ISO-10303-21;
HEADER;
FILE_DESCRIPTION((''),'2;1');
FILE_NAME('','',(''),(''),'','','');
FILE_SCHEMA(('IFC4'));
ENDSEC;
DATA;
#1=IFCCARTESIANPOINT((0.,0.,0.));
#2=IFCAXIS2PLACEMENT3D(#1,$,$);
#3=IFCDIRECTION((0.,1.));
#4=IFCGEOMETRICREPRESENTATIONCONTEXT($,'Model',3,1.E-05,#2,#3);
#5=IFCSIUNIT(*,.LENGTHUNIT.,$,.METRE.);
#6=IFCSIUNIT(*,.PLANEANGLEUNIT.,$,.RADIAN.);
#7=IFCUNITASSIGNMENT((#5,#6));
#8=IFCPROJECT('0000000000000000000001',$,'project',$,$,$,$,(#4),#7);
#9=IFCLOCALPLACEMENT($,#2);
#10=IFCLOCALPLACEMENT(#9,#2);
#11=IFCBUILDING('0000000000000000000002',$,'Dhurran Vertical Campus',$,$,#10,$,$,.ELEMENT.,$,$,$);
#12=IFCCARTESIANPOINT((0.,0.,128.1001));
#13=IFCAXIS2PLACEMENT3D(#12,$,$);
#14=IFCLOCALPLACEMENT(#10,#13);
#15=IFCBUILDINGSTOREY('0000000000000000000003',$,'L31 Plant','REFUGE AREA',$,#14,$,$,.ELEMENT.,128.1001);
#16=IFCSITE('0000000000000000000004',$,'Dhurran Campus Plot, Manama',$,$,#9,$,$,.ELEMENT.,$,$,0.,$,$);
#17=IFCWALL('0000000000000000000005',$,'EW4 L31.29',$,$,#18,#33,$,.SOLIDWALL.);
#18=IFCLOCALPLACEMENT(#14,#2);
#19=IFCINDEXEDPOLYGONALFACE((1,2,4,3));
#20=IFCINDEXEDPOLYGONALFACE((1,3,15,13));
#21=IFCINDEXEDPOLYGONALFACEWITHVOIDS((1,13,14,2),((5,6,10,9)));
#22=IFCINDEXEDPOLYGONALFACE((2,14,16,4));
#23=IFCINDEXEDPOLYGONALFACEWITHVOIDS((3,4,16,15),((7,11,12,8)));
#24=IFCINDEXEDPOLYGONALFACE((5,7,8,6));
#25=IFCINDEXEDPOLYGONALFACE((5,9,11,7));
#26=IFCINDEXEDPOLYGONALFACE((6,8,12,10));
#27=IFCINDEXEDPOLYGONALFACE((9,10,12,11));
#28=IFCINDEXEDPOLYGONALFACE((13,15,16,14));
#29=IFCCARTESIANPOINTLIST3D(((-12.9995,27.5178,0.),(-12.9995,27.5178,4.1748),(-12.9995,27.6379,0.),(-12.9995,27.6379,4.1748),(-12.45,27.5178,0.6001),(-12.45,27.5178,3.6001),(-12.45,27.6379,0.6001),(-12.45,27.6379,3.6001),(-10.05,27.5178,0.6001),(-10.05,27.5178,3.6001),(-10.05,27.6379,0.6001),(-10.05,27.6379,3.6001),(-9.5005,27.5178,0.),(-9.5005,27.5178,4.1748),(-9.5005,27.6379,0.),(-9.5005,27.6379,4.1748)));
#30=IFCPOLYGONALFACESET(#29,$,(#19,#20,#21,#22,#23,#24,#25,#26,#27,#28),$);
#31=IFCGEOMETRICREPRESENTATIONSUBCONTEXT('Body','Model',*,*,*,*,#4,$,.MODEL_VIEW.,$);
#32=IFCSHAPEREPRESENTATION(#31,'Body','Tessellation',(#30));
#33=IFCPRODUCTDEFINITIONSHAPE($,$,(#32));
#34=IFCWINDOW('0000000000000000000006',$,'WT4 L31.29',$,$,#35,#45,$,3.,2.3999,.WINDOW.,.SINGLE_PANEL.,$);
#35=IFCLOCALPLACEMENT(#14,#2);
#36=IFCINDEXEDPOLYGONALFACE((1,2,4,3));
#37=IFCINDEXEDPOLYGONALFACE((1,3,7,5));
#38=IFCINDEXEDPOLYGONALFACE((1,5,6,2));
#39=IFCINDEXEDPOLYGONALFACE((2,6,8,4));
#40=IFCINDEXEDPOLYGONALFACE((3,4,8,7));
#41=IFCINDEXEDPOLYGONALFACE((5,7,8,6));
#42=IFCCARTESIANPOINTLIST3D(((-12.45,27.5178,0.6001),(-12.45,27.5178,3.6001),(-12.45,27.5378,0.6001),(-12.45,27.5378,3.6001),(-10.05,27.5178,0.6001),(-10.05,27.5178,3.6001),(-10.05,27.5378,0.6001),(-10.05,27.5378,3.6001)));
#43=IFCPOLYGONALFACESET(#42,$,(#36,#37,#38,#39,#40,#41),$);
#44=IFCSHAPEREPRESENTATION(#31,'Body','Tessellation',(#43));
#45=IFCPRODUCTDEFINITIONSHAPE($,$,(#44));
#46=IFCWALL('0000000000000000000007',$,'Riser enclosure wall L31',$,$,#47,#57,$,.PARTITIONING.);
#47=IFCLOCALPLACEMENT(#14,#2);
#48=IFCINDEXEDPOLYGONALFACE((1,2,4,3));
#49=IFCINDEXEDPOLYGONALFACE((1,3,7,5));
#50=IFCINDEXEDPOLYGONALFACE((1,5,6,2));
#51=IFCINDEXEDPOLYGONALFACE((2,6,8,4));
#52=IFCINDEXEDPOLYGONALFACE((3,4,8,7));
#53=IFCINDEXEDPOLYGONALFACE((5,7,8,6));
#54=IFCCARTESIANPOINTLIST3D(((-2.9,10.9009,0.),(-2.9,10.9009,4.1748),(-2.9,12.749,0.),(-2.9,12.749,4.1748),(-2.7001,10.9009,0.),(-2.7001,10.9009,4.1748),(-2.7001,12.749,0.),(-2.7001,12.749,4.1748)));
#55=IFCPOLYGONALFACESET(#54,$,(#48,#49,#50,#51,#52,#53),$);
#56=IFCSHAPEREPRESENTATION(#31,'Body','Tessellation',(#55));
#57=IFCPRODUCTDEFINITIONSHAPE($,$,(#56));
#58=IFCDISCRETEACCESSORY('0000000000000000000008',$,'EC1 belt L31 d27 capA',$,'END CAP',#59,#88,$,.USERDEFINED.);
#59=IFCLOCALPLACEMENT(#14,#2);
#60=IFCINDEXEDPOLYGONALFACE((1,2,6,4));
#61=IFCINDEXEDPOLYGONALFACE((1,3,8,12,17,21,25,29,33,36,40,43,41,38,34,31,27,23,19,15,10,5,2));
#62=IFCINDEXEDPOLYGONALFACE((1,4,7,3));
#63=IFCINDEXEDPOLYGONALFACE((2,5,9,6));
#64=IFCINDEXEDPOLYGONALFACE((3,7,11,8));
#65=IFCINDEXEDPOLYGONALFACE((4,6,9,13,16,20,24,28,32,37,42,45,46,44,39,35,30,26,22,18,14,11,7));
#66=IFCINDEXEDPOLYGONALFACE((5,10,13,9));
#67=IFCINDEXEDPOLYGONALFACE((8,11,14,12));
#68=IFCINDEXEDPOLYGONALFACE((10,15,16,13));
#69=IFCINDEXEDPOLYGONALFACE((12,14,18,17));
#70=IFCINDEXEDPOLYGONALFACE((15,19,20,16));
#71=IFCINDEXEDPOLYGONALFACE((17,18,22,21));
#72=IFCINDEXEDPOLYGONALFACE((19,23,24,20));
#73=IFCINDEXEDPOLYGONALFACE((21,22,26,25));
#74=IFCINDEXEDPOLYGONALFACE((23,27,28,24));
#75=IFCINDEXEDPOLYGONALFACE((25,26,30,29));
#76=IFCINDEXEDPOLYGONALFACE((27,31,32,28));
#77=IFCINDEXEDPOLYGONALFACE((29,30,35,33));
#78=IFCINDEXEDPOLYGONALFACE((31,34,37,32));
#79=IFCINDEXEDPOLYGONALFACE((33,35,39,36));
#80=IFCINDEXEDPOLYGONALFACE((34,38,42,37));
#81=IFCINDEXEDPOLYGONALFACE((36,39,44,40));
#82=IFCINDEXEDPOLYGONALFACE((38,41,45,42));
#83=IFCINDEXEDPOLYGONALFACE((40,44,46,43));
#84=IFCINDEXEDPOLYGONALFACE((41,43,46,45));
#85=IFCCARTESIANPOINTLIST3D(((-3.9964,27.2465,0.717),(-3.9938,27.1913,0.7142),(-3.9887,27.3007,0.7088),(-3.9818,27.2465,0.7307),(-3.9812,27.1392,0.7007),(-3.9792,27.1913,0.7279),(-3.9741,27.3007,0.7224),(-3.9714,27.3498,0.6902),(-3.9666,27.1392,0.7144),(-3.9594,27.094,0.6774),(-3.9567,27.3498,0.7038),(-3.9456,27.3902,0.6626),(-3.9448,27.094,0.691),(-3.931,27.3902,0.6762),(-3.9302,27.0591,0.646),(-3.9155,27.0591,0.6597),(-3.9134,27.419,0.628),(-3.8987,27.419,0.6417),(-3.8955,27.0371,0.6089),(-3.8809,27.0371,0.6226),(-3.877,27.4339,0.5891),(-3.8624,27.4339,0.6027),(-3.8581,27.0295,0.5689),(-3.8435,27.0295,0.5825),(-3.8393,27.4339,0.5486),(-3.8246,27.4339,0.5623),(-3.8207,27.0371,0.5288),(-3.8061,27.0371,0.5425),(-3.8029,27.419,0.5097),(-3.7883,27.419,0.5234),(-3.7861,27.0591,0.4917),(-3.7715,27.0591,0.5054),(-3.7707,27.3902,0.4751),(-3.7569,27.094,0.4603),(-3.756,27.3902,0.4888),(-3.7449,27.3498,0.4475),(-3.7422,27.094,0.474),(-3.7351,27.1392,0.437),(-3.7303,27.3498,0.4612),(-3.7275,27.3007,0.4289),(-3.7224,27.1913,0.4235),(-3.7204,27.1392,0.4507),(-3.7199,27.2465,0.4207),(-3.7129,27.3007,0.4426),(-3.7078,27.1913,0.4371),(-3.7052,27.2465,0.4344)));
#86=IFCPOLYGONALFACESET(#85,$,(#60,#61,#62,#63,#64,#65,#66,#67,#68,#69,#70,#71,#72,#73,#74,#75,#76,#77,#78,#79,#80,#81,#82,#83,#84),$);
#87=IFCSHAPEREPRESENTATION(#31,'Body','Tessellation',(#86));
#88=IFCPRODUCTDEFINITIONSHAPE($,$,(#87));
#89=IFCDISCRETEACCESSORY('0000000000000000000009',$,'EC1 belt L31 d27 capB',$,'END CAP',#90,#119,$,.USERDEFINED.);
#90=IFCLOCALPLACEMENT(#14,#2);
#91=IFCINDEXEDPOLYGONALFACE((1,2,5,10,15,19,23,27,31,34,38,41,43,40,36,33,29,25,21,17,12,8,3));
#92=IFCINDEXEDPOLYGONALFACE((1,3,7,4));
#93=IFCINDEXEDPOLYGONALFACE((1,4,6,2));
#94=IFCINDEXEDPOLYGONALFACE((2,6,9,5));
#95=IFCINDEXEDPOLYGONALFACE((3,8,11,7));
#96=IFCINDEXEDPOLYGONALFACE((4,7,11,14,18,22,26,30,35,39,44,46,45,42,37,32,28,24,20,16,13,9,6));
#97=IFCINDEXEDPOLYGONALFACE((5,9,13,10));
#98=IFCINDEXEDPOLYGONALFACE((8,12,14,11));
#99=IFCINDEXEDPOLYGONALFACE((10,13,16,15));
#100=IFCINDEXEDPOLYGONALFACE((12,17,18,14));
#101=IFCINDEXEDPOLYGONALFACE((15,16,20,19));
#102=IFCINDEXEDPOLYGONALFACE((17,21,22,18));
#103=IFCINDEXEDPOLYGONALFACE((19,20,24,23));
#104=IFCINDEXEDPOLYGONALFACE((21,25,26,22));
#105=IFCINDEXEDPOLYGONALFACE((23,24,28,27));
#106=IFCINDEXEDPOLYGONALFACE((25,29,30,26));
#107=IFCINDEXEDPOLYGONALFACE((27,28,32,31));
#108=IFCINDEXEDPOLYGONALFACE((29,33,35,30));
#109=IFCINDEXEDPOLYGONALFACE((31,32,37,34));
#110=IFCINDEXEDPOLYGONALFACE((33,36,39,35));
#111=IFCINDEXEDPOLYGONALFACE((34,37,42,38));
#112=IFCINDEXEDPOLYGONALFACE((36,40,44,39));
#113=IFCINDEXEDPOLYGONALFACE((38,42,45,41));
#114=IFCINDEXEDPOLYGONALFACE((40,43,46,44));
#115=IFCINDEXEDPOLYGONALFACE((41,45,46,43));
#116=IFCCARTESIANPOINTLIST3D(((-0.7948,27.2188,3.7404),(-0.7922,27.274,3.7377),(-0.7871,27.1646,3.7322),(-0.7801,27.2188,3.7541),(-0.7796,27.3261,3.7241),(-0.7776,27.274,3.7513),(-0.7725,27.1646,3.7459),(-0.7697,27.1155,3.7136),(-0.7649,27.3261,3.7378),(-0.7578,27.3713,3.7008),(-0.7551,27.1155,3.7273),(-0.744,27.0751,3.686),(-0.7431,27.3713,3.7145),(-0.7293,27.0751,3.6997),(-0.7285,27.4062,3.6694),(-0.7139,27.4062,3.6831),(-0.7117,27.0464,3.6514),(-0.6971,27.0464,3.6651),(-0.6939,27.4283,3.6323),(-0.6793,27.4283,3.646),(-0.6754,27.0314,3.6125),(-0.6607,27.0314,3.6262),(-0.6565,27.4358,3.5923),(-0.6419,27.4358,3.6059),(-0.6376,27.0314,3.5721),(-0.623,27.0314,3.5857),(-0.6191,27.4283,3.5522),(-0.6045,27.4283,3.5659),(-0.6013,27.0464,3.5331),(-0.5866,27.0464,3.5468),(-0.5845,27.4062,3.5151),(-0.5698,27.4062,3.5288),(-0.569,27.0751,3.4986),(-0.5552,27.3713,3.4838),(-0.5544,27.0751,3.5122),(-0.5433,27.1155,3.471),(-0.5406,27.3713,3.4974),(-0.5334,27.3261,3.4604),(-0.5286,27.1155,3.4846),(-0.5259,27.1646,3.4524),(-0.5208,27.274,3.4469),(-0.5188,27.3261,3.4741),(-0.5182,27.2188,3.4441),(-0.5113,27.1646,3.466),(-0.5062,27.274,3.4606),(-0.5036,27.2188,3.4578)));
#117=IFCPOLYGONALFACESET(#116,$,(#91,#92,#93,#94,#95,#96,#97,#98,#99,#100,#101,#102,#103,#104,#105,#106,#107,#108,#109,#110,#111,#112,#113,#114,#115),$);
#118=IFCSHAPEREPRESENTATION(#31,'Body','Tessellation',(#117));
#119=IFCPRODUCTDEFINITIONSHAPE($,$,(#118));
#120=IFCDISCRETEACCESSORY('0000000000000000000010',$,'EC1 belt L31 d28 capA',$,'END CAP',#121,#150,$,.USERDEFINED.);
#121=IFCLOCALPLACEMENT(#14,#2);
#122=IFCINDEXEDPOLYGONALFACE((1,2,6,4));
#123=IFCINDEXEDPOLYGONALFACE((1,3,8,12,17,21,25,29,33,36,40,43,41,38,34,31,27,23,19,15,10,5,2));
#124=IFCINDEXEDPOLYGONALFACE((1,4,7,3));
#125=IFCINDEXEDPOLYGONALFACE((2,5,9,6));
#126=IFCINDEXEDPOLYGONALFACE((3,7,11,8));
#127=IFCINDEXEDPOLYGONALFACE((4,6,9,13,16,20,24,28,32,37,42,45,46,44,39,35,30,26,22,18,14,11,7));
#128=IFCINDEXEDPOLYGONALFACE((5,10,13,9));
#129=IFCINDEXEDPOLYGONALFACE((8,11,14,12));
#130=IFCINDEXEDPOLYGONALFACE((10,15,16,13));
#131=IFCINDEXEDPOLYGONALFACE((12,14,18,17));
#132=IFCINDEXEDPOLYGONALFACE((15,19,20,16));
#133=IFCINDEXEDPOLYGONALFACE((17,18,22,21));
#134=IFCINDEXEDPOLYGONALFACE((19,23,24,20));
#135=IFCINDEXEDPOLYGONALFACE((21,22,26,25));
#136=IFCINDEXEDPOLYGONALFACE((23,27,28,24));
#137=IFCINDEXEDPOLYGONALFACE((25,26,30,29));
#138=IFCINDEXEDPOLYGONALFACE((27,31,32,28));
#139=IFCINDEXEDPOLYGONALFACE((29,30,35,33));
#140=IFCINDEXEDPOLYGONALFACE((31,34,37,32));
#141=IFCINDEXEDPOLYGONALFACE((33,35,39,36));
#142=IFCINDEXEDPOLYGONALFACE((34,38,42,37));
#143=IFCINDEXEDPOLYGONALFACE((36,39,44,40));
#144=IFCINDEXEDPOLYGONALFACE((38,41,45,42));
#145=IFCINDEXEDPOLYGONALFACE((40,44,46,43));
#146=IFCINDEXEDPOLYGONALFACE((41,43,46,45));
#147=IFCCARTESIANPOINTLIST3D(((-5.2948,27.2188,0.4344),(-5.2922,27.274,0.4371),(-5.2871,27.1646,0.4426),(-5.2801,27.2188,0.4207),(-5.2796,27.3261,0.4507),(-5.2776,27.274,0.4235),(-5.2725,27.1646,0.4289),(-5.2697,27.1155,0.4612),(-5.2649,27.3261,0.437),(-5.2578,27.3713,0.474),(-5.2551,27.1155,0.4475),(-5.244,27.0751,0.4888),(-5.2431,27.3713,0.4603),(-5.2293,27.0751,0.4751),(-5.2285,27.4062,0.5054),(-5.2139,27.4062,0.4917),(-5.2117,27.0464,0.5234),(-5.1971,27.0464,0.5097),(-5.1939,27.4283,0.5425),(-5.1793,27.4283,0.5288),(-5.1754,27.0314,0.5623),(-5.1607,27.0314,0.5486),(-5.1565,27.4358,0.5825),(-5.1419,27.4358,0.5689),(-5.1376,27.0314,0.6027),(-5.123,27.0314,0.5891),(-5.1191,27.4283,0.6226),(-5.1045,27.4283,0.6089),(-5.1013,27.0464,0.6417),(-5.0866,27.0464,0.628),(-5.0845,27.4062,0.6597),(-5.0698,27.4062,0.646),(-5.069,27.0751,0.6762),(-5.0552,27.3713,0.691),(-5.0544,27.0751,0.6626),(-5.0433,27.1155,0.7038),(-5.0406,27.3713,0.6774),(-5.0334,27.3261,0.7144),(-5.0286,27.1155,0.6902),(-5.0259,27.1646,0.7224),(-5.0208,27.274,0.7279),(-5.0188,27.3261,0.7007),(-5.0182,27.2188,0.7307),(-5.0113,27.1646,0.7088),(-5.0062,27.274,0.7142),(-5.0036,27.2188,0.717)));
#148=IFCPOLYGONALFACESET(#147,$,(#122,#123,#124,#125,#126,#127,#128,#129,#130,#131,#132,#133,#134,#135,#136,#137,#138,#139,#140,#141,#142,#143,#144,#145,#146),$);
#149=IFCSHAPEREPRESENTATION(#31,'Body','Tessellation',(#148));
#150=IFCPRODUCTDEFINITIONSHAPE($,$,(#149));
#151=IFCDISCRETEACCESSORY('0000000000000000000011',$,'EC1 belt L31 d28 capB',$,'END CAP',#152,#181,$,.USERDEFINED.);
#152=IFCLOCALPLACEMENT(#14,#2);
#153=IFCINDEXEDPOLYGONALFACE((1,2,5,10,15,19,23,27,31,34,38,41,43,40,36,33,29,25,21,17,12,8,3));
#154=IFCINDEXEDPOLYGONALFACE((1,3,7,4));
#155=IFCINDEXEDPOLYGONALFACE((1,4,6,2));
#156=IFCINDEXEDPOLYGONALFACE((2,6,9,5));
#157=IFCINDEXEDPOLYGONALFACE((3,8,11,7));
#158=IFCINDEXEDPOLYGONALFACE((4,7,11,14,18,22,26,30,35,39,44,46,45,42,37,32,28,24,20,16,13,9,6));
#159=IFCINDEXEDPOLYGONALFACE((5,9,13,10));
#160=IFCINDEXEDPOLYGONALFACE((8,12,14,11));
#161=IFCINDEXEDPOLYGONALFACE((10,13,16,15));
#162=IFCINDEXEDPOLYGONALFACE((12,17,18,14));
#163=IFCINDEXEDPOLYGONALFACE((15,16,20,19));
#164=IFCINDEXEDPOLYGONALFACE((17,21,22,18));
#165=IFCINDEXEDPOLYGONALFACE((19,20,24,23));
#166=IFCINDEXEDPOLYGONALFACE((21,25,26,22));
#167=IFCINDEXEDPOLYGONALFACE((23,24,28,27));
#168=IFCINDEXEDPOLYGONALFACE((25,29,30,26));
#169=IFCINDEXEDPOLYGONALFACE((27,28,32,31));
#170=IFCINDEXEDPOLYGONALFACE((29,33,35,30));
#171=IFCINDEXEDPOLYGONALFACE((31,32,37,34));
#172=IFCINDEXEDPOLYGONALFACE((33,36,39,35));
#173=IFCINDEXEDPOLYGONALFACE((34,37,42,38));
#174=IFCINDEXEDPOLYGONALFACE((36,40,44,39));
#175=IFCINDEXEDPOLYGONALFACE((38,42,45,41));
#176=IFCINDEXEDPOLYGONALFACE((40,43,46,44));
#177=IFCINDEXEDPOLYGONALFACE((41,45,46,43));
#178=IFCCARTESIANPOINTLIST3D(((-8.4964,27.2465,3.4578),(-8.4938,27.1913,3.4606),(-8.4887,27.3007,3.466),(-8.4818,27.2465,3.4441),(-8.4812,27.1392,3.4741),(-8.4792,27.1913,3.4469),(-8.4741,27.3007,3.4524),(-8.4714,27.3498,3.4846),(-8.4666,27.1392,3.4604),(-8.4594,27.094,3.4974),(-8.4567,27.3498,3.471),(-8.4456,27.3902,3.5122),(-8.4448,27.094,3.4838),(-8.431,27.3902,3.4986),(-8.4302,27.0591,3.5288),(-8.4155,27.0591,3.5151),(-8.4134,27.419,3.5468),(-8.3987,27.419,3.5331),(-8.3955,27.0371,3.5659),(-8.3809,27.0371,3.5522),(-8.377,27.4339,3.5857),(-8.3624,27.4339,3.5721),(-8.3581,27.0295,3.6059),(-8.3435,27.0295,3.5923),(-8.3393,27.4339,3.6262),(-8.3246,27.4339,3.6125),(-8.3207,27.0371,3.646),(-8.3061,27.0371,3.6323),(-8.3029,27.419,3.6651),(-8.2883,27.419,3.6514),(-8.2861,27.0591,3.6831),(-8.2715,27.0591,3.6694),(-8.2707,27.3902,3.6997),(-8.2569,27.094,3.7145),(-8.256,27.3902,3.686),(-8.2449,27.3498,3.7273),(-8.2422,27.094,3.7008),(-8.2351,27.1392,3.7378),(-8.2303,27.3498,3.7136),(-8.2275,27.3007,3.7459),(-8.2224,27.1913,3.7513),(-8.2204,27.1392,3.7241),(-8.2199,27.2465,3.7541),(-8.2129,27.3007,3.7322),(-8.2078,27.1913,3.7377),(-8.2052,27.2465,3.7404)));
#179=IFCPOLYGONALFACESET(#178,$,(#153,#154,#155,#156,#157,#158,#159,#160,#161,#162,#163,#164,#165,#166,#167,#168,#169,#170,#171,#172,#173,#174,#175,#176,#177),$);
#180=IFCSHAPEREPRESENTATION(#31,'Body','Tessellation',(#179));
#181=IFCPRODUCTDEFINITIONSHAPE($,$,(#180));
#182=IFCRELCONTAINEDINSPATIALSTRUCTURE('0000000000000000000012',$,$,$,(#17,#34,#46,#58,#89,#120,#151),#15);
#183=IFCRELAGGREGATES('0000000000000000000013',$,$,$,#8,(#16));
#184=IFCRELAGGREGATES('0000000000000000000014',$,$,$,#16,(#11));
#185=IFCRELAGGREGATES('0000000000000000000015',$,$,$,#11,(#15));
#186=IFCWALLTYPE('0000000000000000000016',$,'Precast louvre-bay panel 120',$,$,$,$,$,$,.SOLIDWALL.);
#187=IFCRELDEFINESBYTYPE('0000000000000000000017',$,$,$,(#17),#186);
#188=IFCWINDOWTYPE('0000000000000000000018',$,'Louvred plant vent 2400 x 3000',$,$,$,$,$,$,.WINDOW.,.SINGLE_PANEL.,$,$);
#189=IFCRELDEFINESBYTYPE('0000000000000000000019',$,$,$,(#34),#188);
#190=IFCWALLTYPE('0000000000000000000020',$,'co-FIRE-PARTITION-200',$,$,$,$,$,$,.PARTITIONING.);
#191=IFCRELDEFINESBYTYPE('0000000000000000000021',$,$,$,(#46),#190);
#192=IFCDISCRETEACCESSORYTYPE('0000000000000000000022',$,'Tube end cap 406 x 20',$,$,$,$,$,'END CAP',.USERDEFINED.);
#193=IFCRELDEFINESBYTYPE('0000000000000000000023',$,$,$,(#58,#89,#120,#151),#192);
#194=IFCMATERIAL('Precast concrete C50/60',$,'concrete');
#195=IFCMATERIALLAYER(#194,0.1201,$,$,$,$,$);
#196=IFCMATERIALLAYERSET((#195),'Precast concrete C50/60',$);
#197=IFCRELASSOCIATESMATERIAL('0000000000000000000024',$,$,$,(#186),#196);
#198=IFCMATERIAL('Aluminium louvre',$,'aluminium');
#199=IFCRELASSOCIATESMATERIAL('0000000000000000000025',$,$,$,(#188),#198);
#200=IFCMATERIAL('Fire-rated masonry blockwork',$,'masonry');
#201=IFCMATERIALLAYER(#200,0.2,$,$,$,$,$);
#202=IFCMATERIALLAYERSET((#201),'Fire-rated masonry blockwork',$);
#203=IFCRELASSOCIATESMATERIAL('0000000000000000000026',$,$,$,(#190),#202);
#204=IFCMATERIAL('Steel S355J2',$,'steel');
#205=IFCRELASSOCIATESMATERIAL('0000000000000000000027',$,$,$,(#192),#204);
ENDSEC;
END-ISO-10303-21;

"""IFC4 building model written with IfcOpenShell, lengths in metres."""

from ifc_helpers import new_model, si_unit, direction, frame, frame_2d, origin, origin_2d, place, context, subcontext, project, spatial, rectangle, circle, extrude, material, layer, layer_set, material_profile, profile_set, type_object, element, fill, save


model = new_model("IFC4")

# Units and contexts
model_context = context("Model", 3, precision=1e-05, world=origin(), true_north=direction((0.0, 1.0)))
body_context = subcontext(model_context, "Body", "Model", "MODEL_VIEW")
ifc_project = project(units=[si_unit("LENGTHUNIT", "METRE"), si_unit("PLANEANGLEUNIT", "RADIAN")], contexts=[model_context])

# Site, building, storey
site_placement = place(None, origin())
site = spatial("IfcSite", under=ifc_project, at=site_placement, Name="Dhurran Campus Plot, Manama", CompositionType="ELEMENT", RefElevation=0.0)
building_placement = place(site_placement, origin())
building = spatial("IfcBuilding", under=site, at=building_placement, Name="Dhurran Vertical Campus", CompositionType="ELEMENT")
storey_placement = place(building_placement, frame((0.0, 0.0, 128.1001)))
storey = spatial("IfcBuildingStorey", under=building, at=storey_placement, Name="L31 Plant", Description="REFUGE AREA", CompositionType="ELEMENT", Elevation=128.1001)

# Wall, opening, window
ifc_material_1 = material(Name="Precast concrete C50/60", Category="concrete")
ifc_layer_1 = layer(ifc_material_1, 0.1201)
ifc_layer_set_1 = layer_set([ifc_layer_1], Name="Precast concrete C50/60")
wall_type_1 = type_object("IfcWallType", Name="Precast louvre-bay panel 120", PredefinedType="SOLIDWALL", material=ifc_layer_set_1)
ifc_material_2 = material(Name="Aluminium louvre", Category="aluminium")
window_type = type_object("IfcWindowType", Name="Louvred plant vent 2400 x 3000", PartitioningType="SINGLE_PANEL", PredefinedType="WINDOW", material=ifc_material_2)
wall_1_placement = place(storey_placement, frame((-9.5005, 27.5779, 0.0), z_axis=(0.0, 0.0, 1.0), x_axis=(-1.0, 0.0, 0.0)))
wall_1 = element("IfcWall", 1, at=wall_1_placement, inside=storey, type_object=wall_type_1, Name="EW4 L31.29", PredefinedType="SOLIDWALL", context=body_context, shape_type="SweptSolid", body=[
    extrude(rectangle(XDim=3.499, YDim=0.1201, at=frame_2d((1.7495, 0.0))), origin(), (0.0, 0.0, 1.0), 4.1748),
])
opening_1_placement = place(wall_1_placement, frame((0.5496, 0.0, 0.6001)))
opening_1 = element("IfcOpeningElement", 2, at=opening_1_placement, cuts=wall_1, PredefinedType="OPENING", context=body_context, shape_type="SweptSolid", body=[
    extrude(rectangle(XDim=2.3999, YDim=3.0, at=frame_2d((1.2, 1.5))), frame((0.0, 0.0701, 0.0), z_axis=(0.0, -1.0, 0.0), x_axis=(1.0, 0.0, 0.0)), (0.0, 0.0, 1.0), 0.1401),
])
window_1_placement = place(opening_1_placement, origin())
window_1 = element("IfcWindow", 3, at=window_1_placement, inside=storey, type_object=window_type, Name="WT4 L31.29", OverallHeight=3.0, OverallWidth=2.3999, PartitioningType="SINGLE_PANEL", PredefinedType="WINDOW", context=body_context, shape_type="SweptSolid", body=[
    extrude(rectangle(XDim=2.3999, YDim=3.0, at=frame_2d((1.2, 1.5))), frame((0.0, 0.0601, 0.0), z_axis=(0.0, -1.0, 0.0), x_axis=(1.0, 0.0, 0.0)), (0.0, 0.0, 1.0), 0.02),
])
fill(opening_1, window_1)

# Wall
ifc_material_3 = material(Name="Fire-rated masonry blockwork", Category="masonry")
ifc_layer_2 = layer(ifc_material_3, 0.2)
ifc_layer_set_2 = layer_set([ifc_layer_2], Name="Fire-rated masonry blockwork")
wall_type_2 = type_object("IfcWallType", Name="co-FIRE-PARTITION-200", PredefinedType="PARTITIONING", material=ifc_layer_set_2)
wall_2_placement = place(storey_placement, frame((-2.8, 10.9009, 0.0), z_axis=(0.0, 0.0, 1.0), x_axis=(0.0, 1.0, 0.0)))
element("IfcWall", 4, at=wall_2_placement, inside=storey, type_object=wall_type_2, Name="Riser enclosure wall L31", PredefinedType="PARTITIONING", context=body_context, shape_type="SweptSolid", body=[
    extrude(rectangle(XDim=1.8481, YDim=0.2, at=frame_2d((0.9241, 0.0))), origin(), (0.0, 0.0, 1.0), 4.1748),
])

# Discrete accessories
ifc_material_4 = material(Name="Steel S355J2", Category="steel")
ifc_material_profile_1 = material_profile(ifc_material_4, circle(Radius=0.2031, at=origin_2d()), Name="Tube end cap 406 x 20")
ifc_profile_set_1 = profile_set([ifc_material_profile_1], Name="Steel S355J2")
discrete_accessory_type = type_object("IfcDiscreteAccessoryType", Name="Tube end cap 406 x 20", ElementType="END CAP", PredefinedType="USERDEFINED", material=ifc_profile_set_1)
for number, where, z_axis, x_axis, name in (
    (5, (-3.8435, 27.2327, 0.5825), (-0.731055, 0.0, -0.682318), (0.0, -1.0, 0.0), "EC1 belt L31 d27 capA"),
    (6, (-0.6565, 27.2327, 3.5923), (0.731055, 0.0, 0.682318), (0.0, 1.0, 0.0), "EC1 belt L31 d27 capB"),
    (7, (-5.1565, 27.2327, 0.5825), (0.731055, 0.0, -0.682318), (0.0, 1.0, 0.0), "EC1 belt L31 d28 capA"),
    (8, (-8.3435, 27.2327, 3.5923), (-0.731055, 0.0, 0.682318), (0.0, -1.0, 0.0), "EC1 belt L31 d28 capB"),
):
    element("IfcDiscreteAccessory", number, at=place(storey_placement, frame(where, z_axis=z_axis, x_axis=x_axis)), inside=storey, type_object=discrete_accessory_type, Name=name, ObjectType="END CAP", PredefinedType="USERDEFINED", context=body_context, shape_type="SweptSolid", body=[
        extrude(circle(Radius=0.2031, at=origin_2d()), origin(), (0.0, 0.0, 1.0), 0.02),
    ])

save(model, "model.ifc")
